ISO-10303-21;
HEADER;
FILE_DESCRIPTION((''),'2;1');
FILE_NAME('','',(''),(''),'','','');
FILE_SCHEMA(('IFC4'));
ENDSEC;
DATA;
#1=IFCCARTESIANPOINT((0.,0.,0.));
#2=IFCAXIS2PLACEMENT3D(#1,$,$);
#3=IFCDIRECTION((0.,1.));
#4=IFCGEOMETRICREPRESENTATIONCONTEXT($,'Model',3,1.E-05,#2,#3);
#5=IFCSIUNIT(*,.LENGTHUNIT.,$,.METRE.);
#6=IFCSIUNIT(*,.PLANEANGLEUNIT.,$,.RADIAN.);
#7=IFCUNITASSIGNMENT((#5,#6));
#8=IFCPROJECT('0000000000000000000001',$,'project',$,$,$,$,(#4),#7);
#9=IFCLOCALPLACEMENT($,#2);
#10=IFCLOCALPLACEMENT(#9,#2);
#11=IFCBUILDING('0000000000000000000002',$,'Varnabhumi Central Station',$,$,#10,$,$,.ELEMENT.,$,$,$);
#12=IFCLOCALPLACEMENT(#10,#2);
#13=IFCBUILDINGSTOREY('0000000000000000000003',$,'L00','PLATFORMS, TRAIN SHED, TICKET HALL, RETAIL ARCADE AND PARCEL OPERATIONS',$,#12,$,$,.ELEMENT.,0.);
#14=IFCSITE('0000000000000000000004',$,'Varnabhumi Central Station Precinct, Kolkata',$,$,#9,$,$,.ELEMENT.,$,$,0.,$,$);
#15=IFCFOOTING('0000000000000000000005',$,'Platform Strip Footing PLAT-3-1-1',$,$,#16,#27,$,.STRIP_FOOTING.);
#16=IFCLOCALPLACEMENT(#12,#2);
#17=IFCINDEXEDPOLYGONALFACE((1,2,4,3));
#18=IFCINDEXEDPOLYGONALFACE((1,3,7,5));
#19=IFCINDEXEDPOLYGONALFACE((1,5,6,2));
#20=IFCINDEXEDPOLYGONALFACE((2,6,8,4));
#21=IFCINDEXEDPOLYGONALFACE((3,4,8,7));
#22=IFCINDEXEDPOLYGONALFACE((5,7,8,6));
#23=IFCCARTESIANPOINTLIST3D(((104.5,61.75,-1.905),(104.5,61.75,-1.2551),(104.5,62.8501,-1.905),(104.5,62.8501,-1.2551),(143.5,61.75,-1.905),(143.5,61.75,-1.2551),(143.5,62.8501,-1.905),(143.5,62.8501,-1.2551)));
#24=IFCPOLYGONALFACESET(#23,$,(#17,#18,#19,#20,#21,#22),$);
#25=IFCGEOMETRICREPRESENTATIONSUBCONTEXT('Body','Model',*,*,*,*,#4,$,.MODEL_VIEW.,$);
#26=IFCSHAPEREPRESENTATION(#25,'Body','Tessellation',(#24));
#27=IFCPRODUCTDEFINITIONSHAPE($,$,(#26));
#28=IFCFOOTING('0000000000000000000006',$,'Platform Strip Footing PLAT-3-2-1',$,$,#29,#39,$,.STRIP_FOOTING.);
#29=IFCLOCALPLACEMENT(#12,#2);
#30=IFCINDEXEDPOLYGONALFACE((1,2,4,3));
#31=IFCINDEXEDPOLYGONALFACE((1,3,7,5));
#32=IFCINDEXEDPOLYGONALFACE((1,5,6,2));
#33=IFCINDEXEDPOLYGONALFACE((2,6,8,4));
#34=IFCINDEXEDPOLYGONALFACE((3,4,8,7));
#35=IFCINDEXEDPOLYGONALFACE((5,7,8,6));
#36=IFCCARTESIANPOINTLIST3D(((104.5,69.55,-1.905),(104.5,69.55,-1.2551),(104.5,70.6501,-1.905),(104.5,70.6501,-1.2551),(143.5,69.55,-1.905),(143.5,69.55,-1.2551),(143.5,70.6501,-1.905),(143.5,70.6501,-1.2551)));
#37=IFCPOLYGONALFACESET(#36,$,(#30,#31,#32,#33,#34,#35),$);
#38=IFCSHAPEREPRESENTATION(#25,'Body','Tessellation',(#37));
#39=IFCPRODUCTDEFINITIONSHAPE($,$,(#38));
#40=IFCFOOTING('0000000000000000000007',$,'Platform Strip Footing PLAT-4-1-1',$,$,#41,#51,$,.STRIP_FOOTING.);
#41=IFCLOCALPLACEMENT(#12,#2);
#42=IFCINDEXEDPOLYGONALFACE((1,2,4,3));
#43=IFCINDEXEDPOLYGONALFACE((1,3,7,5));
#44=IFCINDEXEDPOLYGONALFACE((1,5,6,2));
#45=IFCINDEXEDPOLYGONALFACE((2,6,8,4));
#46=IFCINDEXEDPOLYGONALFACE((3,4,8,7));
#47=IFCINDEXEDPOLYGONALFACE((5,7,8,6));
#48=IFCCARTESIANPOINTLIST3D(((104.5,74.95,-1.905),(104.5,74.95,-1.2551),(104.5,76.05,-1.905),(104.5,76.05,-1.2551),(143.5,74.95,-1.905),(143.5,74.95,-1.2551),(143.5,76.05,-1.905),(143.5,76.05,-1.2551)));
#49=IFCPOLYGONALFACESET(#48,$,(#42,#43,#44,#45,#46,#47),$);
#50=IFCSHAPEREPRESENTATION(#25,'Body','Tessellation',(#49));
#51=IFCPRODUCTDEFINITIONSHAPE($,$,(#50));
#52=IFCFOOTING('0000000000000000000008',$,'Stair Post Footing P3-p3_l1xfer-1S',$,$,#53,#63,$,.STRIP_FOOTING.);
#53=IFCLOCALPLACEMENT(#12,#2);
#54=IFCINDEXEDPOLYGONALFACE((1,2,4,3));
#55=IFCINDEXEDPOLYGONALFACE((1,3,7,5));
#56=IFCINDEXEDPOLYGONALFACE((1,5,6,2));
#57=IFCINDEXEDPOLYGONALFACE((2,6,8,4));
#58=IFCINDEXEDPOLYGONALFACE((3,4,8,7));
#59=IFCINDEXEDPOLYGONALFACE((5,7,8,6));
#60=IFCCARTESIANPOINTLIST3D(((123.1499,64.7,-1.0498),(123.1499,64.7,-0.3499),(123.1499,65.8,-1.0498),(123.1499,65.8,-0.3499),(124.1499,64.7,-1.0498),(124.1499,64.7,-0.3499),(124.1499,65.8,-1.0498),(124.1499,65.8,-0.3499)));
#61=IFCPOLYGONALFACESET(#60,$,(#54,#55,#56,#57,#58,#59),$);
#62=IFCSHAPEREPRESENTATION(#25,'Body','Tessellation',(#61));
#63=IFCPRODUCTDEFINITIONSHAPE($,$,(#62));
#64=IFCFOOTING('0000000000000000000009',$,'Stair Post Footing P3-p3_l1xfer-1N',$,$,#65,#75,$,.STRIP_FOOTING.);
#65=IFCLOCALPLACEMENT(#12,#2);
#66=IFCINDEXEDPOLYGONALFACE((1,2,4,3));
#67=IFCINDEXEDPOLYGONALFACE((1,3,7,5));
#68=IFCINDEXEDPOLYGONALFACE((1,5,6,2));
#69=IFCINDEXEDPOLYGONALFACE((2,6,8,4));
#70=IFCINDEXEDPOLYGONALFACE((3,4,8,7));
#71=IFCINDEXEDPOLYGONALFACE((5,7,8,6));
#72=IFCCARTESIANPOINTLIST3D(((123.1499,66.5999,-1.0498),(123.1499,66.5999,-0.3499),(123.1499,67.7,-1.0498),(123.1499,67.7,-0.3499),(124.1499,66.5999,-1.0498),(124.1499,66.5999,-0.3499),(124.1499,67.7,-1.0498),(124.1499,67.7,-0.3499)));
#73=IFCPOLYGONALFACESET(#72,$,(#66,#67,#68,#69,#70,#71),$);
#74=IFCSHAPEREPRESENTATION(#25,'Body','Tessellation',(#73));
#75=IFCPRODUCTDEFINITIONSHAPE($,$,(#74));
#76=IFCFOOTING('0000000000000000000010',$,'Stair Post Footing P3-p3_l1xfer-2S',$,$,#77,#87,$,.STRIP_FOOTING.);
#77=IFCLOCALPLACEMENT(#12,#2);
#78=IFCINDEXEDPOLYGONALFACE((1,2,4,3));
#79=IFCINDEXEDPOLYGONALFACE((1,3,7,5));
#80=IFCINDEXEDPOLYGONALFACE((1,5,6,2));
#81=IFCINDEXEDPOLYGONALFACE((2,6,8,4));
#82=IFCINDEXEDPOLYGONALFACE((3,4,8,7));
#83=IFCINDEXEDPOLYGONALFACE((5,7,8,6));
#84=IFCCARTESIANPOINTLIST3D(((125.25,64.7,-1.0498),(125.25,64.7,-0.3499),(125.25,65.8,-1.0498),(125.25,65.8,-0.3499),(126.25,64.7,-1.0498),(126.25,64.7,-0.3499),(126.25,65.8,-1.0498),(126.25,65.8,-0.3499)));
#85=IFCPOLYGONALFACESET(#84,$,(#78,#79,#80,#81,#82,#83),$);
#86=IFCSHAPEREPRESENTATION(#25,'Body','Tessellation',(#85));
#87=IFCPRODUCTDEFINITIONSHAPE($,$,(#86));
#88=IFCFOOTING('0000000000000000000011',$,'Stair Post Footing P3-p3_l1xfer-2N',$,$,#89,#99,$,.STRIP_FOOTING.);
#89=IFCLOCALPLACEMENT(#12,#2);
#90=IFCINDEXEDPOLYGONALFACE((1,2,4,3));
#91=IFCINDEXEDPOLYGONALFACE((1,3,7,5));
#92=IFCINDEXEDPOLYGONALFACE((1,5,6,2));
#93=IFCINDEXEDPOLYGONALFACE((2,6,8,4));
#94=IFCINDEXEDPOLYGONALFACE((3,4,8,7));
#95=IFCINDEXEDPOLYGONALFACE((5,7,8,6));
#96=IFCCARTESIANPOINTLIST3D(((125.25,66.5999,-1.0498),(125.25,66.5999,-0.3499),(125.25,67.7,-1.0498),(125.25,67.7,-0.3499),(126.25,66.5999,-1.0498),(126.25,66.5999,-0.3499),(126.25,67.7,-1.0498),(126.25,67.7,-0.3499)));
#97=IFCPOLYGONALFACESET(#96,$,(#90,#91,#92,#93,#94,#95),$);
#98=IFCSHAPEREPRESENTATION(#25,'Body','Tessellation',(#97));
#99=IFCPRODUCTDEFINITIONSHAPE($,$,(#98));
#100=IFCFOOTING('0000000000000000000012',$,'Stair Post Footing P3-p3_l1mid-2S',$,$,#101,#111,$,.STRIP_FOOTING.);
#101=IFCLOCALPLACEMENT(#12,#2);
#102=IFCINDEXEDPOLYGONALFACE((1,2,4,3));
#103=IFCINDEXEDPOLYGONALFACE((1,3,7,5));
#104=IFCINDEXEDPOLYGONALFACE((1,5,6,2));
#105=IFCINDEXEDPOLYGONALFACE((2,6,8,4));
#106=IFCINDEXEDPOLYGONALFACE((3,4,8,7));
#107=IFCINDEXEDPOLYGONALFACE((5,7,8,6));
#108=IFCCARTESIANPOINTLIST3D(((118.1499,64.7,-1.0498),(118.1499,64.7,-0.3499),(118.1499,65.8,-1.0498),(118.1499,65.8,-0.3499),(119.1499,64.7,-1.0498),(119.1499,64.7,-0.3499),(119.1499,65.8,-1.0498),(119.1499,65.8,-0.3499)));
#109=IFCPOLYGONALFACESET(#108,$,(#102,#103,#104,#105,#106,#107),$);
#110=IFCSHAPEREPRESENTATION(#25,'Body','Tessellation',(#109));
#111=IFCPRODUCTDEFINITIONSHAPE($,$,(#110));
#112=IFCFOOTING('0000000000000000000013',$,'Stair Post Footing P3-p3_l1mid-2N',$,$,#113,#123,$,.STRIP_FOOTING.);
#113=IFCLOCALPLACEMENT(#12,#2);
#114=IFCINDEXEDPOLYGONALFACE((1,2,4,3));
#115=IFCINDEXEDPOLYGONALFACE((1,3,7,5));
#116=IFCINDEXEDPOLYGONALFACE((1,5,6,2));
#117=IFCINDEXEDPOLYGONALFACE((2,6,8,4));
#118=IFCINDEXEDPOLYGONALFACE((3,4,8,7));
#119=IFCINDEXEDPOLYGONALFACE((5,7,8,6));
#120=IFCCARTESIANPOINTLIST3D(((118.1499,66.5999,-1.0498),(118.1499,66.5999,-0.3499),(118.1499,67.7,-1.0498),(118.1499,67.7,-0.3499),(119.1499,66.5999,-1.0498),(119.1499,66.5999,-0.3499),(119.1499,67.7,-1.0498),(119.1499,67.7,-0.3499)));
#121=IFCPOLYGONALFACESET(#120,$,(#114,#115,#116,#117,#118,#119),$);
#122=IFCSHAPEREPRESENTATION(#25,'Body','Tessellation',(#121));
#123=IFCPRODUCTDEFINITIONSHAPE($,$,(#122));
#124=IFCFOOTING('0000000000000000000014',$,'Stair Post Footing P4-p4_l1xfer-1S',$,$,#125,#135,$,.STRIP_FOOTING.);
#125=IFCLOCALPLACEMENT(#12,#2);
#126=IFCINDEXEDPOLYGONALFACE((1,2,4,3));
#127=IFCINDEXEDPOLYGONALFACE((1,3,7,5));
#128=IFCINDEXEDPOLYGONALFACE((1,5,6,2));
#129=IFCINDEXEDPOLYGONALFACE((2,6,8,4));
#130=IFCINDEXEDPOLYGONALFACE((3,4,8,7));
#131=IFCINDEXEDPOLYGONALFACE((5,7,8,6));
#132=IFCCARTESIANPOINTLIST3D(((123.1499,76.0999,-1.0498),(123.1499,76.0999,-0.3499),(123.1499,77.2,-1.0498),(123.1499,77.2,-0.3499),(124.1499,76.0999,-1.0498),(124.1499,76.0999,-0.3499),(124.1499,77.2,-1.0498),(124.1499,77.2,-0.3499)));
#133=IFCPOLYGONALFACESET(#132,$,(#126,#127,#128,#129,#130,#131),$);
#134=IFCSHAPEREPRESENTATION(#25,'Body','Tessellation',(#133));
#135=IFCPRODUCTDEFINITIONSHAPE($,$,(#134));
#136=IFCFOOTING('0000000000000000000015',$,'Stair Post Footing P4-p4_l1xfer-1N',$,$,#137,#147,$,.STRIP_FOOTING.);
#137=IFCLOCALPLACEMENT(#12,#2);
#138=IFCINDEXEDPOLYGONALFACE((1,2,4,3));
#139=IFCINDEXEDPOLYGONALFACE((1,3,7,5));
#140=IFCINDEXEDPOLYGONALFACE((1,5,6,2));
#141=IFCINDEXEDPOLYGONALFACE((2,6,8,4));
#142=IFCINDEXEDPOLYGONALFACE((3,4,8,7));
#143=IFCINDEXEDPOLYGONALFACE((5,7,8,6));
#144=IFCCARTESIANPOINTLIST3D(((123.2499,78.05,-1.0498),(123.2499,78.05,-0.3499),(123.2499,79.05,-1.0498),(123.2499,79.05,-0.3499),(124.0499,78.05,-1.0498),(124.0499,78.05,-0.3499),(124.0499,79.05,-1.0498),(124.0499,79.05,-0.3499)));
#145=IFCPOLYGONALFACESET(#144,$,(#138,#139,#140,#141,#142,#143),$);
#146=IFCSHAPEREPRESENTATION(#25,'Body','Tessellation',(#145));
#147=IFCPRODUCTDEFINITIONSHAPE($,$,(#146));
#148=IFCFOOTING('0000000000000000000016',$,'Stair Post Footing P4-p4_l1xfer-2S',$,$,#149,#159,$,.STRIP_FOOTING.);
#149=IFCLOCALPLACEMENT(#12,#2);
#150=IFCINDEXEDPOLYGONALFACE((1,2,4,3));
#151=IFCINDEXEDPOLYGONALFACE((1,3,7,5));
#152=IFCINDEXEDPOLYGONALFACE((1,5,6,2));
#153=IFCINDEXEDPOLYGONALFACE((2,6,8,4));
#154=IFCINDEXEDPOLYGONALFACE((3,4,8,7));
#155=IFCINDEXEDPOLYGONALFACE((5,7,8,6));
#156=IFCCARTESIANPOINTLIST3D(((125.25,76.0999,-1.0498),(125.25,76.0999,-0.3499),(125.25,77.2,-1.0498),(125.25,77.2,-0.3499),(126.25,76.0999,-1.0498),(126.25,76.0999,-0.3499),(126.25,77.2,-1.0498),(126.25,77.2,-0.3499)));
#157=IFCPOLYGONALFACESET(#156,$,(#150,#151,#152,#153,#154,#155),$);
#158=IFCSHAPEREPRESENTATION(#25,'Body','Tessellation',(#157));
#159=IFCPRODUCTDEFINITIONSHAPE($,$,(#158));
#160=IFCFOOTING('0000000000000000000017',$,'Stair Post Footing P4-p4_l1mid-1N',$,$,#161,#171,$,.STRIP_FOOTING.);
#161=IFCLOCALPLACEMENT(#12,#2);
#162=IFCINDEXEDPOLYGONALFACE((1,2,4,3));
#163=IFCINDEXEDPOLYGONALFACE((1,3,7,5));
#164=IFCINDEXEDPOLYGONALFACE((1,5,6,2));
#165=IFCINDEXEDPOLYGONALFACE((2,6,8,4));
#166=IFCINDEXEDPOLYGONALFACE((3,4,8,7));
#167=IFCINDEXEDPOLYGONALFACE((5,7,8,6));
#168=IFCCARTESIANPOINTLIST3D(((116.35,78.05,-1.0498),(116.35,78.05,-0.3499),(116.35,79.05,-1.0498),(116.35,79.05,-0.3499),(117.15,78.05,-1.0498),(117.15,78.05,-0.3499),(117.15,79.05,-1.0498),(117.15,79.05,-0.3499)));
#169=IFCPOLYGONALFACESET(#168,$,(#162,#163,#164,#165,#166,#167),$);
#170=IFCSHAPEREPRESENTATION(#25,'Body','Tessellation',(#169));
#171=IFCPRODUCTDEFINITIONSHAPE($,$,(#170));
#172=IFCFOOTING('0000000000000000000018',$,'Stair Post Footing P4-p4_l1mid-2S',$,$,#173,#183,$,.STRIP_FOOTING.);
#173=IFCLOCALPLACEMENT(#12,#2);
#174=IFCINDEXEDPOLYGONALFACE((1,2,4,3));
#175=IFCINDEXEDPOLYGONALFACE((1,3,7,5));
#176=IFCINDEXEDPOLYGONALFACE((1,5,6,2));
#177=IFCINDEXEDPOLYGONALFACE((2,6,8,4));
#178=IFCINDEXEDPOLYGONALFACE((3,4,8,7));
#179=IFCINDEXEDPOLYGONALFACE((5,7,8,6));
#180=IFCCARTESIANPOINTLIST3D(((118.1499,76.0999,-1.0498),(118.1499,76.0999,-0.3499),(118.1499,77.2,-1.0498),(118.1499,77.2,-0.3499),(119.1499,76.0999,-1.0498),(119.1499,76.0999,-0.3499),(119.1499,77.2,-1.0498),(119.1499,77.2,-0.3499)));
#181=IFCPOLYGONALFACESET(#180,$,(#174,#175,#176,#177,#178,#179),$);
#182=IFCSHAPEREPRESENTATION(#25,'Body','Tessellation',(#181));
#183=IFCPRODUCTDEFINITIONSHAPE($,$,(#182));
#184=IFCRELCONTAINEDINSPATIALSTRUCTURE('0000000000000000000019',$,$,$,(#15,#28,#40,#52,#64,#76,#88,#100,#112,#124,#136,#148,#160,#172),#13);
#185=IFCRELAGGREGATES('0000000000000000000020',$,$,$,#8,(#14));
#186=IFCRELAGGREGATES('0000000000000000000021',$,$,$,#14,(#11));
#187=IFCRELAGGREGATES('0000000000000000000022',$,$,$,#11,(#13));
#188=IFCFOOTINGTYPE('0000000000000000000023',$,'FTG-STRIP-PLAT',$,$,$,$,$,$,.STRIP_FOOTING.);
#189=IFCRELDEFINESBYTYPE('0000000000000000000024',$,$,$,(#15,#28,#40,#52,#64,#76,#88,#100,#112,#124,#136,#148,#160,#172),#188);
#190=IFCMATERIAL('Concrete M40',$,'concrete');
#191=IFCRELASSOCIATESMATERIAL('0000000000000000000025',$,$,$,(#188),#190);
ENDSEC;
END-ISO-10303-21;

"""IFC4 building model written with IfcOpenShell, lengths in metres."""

from ifc_helpers import new_model, si_unit, direction, frame, origin, origin_2d, place, context, subcontext, project, spatial, rectangle, extrude, material, type_object, element, save


model = new_model("IFC4")

# Units and contexts
model_context = context("Model", 3, precision=1e-05, world=origin(), true_north=direction((0.0, 1.0)))
body_context = subcontext(model_context, "Body", "Model", "MODEL_VIEW")
ifc_project = project(units=[si_unit("LENGTHUNIT", "METRE"), si_unit("PLANEANGLEUNIT", "RADIAN")], contexts=[model_context])

# Site, building, storey
site_placement = place(None, origin())
site = spatial("IfcSite", under=ifc_project, at=site_placement, Name="Varnabhumi Central Station Precinct, Kolkata", CompositionType="ELEMENT", RefElevation=0.0)
building_placement = place(site_placement, origin())
building = spatial("IfcBuilding", under=site, at=building_placement, Name="Varnabhumi Central Station", CompositionType="ELEMENT")
storey_placement = place(building_placement, origin())
storey = spatial("IfcBuildingStorey", under=building, at=storey_placement, Name="L00", Description="PLATFORMS, TRAIN SHED, TICKET HALL, RETAIL ARCADE AND PARCEL OPERATIONS", CompositionType="ELEMENT", Elevation=0.0)

# Footings
ifc_material_1 = material(Name="Concrete M40", Category="concrete")
footing_type = type_object("IfcFootingType", Name="FTG-STRIP-PLAT", PredefinedType="STRIP_FOOTING", material=ifc_material_1)
for number, where, z_axis, x_axis, name in (
    (1, (124.0, 62.3, -1.905), (0.0, 0.0, 1.0), (1.0, 0.0, 0.0), "Platform Strip Footing PLAT-3-1-1"),
    (2, (124.0, 70.1001, -1.905), (0.0, 0.0, 1.0), (1.0, 0.0, 0.0), "Platform Strip Footing PLAT-3-2-1"),
    (3, (124.0, 75.5, -1.905), (0.0, 0.0, 1.0), (1.0, 0.0, 0.0), "Platform Strip Footing PLAT-4-1-1"),
):
    element("IfcFooting", number, at=place(storey_placement, frame(where, z_axis=z_axis, x_axis=x_axis)), inside=storey, type_object=footing_type, Name=name, PredefinedType="STRIP_FOOTING", context=body_context, shape_type="SweptSolid", body=[
        extrude(rectangle(XDim=39.0, YDim=1.1001, at=origin_2d()), origin(), (0.0, 0.0, 1.0), 0.6499),
    ])
for number, where, z_axis, x_axis, name in (
    (4, (123.6499, 65.25, -1.0498), (0.0, 0.0, 1.0), (1.0, 0.0, 0.0), "Stair Post Footing P3-p3_l1xfer-1S"),
    (5, (123.6499, 67.1499, -1.0498), (0.0, 0.0, 1.0), (1.0, 0.0, 0.0), "Stair Post Footing P3-p3_l1xfer-1N"),
    (6, (125.75, 65.25, -1.0498), (0.0, 0.0, 1.0), (1.0, 0.0, 0.0), "Stair Post Footing P3-p3_l1xfer-2S"),
    (7, (125.75, 67.1499, -1.0498), (0.0, 0.0, 1.0), (1.0, 0.0, 0.0), "Stair Post Footing P3-p3_l1xfer-2N"),
    (8, (118.6499, 65.25, -1.0498), (0.0, 0.0, 1.0), (1.0, 0.0, 0.0), "Stair Post Footing P3-p3_l1mid-2S"),
    (9, (118.6499, 67.1499, -1.0498), (0.0, 0.0, 1.0), (1.0, 0.0, 0.0), "Stair Post Footing P3-p3_l1mid-2N"),
    (10, (123.6499, 76.6499, -1.0498), (0.0, 0.0, 1.0), (1.0, 0.0, 0.0), "Stair Post Footing P4-p4_l1xfer-1S"),
):
    element("IfcFooting", number, at=place(storey_placement, frame(where, z_axis=z_axis, x_axis=x_axis)), inside=storey, type_object=footing_type, Name=name, PredefinedType="STRIP_FOOTING", context=body_context, shape_type="SweptSolid", body=[
        extrude(rectangle(XDim=1.0, YDim=1.1001, at=origin_2d()), origin(), (0.0, 0.0, 1.0), 0.7),
    ])
footing_1_placement = place(storey_placement, frame((123.6499, 78.55, -1.0498), z_axis=(0.0, 0.0, 1.0), x_axis=(1.0, 0.0, 0.0)))
element("IfcFooting", 11, at=footing_1_placement, inside=storey, type_object=footing_type, Name="Stair Post Footing P4-p4_l1xfer-1N", PredefinedType="STRIP_FOOTING", context=body_context, shape_type="SweptSolid", body=[
    extrude(rectangle(XDim=0.8, YDim=1.0, at=origin_2d()), origin(), (0.0, 0.0, 1.0), 0.7),
])
footing_2_placement = place(storey_placement, frame((125.75, 76.6499, -1.0498), z_axis=(0.0, 0.0, 1.0), x_axis=(1.0, 0.0, 0.0)))
element("IfcFooting", 12, at=footing_2_placement, inside=storey, type_object=footing_type, Name="Stair Post Footing P4-p4_l1xfer-2S", PredefinedType="STRIP_FOOTING", context=body_context, shape_type="SweptSolid", body=[
    extrude(rectangle(XDim=1.0, YDim=1.1001, at=origin_2d()), origin(), (0.0, 0.0, 1.0), 0.7),
])
footing_3_placement = place(storey_placement, frame((116.75, 78.55, -1.0498), z_axis=(0.0, 0.0, 1.0), x_axis=(1.0, 0.0, 0.0)))
element("IfcFooting", 13, at=footing_3_placement, inside=storey, type_object=footing_type, Name="Stair Post Footing P4-p4_l1mid-1N", PredefinedType="STRIP_FOOTING", context=body_context, shape_type="SweptSolid", body=[
    extrude(rectangle(XDim=0.8, YDim=1.0, at=origin_2d()), origin(), (0.0, 0.0, 1.0), 0.7),
])
footing_4_placement = place(storey_placement, frame((118.6499, 76.6499, -1.0498), z_axis=(0.0, 0.0, 1.0), x_axis=(1.0, 0.0, 0.0)))
element("IfcFooting", 14, at=footing_4_placement, inside=storey, type_object=footing_type, Name="Stair Post Footing P4-p4_l1mid-2S", PredefinedType="STRIP_FOOTING", context=body_context, shape_type="SweptSolid", body=[
    extrude(rectangle(XDim=1.0, YDim=1.1001, at=origin_2d()), origin(), (0.0, 0.0, 1.0), 0.7),
])

save(model, "model.ifc")
